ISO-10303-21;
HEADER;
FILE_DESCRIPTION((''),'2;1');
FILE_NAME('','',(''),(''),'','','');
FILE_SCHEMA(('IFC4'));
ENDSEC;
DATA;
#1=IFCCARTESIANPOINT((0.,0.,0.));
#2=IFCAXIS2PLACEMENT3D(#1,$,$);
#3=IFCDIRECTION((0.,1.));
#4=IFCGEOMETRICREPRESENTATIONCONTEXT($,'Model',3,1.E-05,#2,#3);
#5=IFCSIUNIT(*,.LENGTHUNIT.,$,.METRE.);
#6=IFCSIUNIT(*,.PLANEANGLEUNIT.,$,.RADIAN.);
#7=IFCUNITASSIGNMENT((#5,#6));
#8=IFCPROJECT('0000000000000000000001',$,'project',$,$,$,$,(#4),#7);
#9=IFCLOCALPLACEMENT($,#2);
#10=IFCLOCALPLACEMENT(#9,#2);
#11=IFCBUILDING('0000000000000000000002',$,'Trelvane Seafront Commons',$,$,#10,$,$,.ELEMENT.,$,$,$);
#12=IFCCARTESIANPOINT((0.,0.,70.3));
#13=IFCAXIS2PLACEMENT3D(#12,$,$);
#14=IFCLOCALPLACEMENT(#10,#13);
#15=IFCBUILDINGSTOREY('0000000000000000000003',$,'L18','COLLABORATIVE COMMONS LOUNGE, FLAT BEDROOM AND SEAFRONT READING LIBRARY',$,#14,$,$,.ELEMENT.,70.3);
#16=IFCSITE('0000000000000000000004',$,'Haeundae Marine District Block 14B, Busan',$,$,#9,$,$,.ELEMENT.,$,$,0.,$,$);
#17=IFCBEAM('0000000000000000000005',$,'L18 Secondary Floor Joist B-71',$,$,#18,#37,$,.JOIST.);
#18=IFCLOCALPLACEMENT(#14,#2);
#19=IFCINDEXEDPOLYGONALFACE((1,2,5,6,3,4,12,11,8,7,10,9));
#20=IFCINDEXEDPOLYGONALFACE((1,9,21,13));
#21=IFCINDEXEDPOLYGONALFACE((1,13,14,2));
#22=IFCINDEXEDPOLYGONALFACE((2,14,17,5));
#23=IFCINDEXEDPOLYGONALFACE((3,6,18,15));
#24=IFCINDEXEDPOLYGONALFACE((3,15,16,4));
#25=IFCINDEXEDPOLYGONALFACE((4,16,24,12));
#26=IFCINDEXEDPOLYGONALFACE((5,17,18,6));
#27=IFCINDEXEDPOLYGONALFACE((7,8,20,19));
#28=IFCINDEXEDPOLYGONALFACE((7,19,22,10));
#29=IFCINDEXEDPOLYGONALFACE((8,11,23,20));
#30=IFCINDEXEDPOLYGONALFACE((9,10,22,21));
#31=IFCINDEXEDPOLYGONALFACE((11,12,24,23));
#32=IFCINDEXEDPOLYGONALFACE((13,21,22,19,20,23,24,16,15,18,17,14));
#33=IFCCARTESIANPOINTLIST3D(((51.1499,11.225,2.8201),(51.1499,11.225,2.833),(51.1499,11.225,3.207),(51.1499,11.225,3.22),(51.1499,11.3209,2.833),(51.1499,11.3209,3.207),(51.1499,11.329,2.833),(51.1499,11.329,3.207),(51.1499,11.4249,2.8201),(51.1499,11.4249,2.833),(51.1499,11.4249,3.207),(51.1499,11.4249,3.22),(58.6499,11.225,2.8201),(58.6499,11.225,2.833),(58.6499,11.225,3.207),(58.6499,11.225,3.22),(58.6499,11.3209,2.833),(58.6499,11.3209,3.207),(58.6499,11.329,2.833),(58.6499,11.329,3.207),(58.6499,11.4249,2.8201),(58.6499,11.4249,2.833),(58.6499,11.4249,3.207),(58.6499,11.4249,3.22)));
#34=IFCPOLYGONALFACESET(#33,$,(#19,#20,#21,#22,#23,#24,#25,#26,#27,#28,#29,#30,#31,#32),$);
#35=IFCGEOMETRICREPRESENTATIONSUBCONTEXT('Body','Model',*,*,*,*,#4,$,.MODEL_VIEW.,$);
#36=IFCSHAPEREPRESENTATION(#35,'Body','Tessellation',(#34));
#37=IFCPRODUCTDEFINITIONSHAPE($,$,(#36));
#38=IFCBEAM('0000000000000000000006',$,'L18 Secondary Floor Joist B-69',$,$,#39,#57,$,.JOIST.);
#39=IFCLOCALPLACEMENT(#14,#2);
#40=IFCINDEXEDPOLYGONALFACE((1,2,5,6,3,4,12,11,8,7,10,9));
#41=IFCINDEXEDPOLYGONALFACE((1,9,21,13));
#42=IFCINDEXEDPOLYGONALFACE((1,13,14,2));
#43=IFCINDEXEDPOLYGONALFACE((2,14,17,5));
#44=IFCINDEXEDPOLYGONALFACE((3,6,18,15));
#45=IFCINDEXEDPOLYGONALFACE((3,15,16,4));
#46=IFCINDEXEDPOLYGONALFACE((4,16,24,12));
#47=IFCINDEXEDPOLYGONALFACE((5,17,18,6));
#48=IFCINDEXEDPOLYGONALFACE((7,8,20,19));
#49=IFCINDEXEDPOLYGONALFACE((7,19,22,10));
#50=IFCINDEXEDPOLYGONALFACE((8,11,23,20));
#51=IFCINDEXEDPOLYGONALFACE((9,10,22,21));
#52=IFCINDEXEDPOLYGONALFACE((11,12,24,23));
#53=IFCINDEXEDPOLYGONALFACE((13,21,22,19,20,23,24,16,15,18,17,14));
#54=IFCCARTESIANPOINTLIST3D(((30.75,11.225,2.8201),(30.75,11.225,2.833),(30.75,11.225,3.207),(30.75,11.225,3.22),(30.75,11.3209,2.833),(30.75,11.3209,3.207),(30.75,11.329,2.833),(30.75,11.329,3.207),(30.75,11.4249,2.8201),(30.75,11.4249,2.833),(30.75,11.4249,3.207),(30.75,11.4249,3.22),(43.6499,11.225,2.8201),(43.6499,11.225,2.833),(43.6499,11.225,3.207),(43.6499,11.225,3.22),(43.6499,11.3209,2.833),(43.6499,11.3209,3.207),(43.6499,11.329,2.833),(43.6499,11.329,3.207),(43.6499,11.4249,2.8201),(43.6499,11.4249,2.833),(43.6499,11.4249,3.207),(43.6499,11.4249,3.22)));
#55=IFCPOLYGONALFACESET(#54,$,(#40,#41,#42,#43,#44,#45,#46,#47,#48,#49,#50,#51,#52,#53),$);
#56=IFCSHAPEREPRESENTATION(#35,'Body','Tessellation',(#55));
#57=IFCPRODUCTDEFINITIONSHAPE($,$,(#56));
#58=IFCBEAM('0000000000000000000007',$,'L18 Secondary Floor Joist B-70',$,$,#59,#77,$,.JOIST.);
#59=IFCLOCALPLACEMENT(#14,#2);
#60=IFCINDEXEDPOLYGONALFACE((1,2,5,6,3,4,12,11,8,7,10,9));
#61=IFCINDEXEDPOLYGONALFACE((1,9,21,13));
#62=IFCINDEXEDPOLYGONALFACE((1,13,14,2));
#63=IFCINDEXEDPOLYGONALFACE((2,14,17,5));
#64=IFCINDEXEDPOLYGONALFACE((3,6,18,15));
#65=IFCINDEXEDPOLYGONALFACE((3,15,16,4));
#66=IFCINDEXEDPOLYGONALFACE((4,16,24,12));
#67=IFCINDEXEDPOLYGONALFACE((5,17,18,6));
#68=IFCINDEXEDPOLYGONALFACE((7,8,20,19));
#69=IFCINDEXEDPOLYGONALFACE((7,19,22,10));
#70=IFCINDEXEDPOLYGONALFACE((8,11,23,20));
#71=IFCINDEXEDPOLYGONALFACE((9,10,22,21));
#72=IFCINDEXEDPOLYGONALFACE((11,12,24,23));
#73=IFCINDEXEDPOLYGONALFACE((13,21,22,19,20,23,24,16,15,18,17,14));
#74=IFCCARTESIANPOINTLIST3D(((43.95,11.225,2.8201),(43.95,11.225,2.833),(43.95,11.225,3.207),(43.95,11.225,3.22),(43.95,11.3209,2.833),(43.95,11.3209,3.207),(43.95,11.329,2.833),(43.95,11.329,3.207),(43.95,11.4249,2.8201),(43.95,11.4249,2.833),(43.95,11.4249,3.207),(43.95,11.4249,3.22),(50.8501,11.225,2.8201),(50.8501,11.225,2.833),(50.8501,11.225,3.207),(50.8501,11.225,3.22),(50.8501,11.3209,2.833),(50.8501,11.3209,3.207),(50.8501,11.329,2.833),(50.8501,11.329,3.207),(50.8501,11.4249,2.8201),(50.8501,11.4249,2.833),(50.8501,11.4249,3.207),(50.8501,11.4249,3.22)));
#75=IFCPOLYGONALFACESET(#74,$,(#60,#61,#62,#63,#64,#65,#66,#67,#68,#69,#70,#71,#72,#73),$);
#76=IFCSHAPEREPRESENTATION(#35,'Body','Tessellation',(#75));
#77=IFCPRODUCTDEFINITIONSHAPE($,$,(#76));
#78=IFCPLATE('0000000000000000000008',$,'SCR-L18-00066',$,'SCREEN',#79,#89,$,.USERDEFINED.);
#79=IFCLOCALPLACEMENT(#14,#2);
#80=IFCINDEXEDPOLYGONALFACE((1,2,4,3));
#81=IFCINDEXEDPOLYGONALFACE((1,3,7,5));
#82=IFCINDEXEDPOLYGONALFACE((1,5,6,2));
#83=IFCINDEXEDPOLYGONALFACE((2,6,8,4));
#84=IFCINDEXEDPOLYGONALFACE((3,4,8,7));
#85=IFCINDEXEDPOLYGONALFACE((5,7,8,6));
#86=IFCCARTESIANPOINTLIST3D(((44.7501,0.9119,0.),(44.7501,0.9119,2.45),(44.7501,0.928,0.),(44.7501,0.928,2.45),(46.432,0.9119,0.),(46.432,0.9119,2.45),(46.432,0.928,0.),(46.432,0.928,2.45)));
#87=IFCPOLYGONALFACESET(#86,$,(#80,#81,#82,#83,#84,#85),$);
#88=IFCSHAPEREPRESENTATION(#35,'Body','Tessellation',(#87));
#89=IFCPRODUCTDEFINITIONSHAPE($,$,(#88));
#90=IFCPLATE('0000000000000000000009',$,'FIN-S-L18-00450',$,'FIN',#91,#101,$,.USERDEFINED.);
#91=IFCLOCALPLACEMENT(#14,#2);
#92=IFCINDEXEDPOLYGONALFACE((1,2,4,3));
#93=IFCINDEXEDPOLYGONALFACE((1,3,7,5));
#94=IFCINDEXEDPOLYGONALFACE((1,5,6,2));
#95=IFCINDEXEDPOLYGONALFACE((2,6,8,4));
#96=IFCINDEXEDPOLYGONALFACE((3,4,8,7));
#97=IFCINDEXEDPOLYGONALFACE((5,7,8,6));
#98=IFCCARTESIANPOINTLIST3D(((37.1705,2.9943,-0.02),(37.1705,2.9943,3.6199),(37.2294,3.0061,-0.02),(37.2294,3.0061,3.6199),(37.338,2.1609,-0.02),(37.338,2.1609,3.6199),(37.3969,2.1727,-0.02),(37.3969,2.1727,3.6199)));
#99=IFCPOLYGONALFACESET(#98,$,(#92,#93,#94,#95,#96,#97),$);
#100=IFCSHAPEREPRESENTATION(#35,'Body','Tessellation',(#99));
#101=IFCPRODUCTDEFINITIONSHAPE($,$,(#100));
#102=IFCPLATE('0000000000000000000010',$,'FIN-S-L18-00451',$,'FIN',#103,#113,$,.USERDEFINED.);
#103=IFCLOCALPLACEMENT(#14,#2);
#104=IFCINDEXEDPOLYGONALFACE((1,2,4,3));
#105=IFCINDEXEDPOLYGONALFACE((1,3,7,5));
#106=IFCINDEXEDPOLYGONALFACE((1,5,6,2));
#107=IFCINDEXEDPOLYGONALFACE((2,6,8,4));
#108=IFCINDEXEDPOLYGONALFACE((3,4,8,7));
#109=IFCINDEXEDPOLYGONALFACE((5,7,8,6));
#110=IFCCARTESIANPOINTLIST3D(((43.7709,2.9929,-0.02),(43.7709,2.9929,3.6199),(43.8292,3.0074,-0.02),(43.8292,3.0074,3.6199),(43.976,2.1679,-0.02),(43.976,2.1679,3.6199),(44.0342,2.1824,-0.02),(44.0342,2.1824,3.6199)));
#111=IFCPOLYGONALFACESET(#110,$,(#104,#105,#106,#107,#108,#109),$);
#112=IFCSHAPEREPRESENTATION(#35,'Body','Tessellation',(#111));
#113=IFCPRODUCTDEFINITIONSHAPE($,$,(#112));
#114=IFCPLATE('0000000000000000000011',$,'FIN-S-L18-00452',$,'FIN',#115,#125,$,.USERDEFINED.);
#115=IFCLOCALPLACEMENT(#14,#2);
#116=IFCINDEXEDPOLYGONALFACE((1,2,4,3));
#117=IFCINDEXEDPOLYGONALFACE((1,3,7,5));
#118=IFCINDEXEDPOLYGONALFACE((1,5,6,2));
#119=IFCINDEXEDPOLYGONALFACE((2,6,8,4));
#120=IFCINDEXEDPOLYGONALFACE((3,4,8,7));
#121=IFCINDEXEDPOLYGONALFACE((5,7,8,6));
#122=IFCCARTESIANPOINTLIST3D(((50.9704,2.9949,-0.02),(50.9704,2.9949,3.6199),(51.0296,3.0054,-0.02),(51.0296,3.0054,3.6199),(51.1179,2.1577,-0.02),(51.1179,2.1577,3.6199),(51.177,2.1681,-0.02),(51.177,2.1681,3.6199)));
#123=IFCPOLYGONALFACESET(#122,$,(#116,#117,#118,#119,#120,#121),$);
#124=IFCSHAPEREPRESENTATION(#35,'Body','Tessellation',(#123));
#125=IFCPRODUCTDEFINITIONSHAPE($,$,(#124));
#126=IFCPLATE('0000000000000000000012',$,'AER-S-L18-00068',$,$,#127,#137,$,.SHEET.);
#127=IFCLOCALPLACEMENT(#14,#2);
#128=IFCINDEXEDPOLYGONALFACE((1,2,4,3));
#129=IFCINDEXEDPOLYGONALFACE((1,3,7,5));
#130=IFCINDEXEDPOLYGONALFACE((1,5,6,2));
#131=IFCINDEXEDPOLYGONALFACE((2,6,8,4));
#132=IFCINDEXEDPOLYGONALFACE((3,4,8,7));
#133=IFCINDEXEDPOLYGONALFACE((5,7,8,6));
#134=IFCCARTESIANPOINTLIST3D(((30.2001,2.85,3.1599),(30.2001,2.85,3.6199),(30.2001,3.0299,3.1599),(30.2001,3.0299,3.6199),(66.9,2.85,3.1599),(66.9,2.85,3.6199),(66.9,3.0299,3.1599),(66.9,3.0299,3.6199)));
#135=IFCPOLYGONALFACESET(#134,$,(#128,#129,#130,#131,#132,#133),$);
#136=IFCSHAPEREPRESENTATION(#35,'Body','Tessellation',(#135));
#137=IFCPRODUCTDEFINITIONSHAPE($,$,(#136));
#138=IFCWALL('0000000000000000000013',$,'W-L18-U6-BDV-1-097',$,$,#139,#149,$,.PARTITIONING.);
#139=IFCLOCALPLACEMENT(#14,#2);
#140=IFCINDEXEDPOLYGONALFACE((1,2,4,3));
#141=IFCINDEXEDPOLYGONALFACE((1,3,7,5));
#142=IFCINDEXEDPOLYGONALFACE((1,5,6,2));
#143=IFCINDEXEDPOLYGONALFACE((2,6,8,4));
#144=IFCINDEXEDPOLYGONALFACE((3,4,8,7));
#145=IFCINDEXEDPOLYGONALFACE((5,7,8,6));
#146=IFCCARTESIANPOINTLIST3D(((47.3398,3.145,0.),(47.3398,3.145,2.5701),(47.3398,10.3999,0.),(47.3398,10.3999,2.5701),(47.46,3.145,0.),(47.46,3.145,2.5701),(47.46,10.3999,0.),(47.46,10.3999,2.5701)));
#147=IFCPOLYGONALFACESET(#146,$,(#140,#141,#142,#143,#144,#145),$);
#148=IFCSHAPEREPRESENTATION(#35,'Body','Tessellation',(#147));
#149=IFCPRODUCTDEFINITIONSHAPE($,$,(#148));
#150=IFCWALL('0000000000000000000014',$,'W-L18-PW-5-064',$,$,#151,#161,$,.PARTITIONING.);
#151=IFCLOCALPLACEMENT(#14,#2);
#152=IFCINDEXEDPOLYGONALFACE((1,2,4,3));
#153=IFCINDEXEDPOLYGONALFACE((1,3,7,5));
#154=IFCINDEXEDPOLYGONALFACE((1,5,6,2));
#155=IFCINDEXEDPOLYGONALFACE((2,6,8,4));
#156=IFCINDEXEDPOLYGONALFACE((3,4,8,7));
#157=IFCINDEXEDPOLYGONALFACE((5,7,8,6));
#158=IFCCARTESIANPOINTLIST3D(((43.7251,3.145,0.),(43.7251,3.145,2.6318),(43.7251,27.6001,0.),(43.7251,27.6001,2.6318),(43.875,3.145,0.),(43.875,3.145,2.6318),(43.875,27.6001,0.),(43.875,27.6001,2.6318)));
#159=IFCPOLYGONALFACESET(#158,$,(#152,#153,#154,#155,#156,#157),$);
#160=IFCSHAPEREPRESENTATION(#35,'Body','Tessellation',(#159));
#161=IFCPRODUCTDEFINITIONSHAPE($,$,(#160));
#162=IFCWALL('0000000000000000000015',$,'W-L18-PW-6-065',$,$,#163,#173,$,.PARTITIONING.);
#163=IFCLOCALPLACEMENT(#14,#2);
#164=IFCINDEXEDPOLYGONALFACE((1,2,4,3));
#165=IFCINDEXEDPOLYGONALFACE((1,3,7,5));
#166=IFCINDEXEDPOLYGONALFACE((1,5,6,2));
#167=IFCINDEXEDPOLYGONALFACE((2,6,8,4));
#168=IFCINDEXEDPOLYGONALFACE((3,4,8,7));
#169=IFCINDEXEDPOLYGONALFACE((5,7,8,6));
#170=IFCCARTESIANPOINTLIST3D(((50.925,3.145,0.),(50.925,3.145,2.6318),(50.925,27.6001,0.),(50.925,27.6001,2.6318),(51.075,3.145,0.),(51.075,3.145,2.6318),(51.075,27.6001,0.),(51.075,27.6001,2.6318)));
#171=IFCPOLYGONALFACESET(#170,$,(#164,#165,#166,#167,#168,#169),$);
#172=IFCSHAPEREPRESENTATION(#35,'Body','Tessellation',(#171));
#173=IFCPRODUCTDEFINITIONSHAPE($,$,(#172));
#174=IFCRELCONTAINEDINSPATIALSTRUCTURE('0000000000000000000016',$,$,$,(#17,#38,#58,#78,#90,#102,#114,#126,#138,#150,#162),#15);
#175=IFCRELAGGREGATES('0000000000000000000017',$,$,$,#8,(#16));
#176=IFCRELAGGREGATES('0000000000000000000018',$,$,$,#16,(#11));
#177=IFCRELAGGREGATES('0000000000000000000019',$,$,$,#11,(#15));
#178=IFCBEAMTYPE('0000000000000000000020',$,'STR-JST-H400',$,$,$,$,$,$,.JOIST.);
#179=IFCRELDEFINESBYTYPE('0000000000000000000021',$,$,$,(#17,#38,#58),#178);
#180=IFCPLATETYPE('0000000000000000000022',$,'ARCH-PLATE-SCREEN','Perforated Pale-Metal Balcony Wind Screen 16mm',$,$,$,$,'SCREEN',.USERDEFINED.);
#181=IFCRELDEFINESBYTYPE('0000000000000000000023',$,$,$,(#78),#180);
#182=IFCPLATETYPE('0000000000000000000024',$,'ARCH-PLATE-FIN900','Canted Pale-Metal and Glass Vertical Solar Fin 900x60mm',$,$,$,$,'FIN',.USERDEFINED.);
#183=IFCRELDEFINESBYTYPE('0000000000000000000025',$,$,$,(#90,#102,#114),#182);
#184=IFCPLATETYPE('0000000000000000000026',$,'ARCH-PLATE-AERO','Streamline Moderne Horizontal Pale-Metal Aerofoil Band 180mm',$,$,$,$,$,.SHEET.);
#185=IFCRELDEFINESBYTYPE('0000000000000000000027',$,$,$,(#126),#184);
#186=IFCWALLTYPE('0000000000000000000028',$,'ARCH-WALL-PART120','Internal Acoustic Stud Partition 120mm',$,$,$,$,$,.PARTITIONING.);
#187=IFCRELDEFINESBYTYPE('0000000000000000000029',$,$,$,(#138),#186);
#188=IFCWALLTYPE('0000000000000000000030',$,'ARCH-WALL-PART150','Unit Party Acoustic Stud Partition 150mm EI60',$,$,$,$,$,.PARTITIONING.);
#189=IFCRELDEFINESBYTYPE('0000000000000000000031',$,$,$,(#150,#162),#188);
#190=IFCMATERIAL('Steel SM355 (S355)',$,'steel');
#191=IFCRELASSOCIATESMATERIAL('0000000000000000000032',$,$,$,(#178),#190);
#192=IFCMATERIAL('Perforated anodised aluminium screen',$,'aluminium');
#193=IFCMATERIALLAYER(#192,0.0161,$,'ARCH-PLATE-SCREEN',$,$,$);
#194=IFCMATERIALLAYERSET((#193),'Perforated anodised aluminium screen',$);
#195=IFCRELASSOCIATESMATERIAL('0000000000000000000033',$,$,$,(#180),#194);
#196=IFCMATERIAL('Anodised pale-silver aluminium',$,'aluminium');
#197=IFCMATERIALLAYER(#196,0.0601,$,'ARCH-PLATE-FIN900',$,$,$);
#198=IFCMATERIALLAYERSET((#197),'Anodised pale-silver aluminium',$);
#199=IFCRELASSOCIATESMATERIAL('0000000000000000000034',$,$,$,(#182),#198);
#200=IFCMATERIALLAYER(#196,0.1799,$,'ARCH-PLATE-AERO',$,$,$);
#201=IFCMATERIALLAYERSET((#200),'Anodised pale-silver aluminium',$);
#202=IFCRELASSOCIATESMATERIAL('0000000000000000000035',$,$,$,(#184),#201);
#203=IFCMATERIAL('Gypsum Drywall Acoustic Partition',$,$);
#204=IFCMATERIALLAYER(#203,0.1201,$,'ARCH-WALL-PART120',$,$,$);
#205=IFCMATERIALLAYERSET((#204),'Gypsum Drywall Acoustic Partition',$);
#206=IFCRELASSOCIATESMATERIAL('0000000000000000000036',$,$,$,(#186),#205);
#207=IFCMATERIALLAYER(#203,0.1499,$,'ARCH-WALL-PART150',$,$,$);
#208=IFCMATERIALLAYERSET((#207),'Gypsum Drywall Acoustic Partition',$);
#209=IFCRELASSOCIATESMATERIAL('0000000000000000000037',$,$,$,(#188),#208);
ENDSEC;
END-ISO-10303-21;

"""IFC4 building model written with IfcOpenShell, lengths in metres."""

from ifc_helpers import new_model, si_unit, direction, frame, frame_2d, origin, origin_2d, place, context, subcontext, project, spatial, rectangle, i_section, extrude, source, transform, mapped, material, layer, layer_set, material_profile, profile_set, type_object, element, save


model = new_model("IFC4")

# Units and contexts
model_context = context("Model", 3, precision=1e-05, world=origin(), true_north=direction((0.0, 1.0)))
body_context = subcontext(model_context, "Body", "Model", "MODEL_VIEW")
ifc_project = project(units=[si_unit("LENGTHUNIT", "METRE"), si_unit("PLANEANGLEUNIT", "RADIAN")], contexts=[model_context])

# Site, building, storey
site_placement = place(None, origin())
site = spatial("IfcSite", under=ifc_project, at=site_placement, Name="Haeundae Marine District Block 14B, Busan", CompositionType="ELEMENT", RefElevation=0.0)
building_placement = place(site_placement, origin())
building = spatial("IfcBuilding", under=site, at=building_placement, Name="Trelvane Seafront Commons", CompositionType="ELEMENT")
storey_placement = place(building_placement, frame((0.0, 0.0, 70.3)))
storey = spatial("IfcBuildingStorey", under=building, at=storey_placement, Name="L18", Description="COLLABORATIVE COMMONS LOUNGE, FLAT BEDROOM AND SEAFRONT READING LIBRARY", CompositionType="ELEMENT", Elevation=70.3)

# Shared definitions
ifc_material_1 = material(Name="Steel SM355 (S355)", Category="steel")

# Beams
ifc_material_profile_1 = material_profile(ifc_material_1, i_section(OverallWidth=0.2, OverallDepth=0.3999, WebThickness=0.0081, FlangeThickness=0.0129, at=origin_2d()), Name="H-400x200x8x13")
ifc_profile_set_1 = profile_set([ifc_material_profile_1], Name="Steel SM355 (S355)")
beam_type_1 = type_object("IfcBeamType", Name="STR-JST-H400", PredefinedType="JOIST", material=ifc_profile_set_1)
shared_shape_1 = source(origin(), body_context, "Body", "SweptSolid", [
    extrude(i_section(OverallWidth=0.2, OverallDepth=0.3999, WebThickness=0.0081, FlangeThickness=0.0129, at=origin_2d()), origin(), (0.0, 0.0, 1.0), 7.5),
])
beam_1_placement = place(storey_placement, frame((51.1499, 11.325, 3.02), z_axis=(1.0, 0.0, 0.0), x_axis=(0.0, 1.0, 0.0)))
element("IfcBeam", 1, at=beam_1_placement, inside=storey, type_object=beam_type_1, Name="L18 Secondary Floor Joist B-71", PredefinedType="JOIST", context=body_context, shape_type="MappedRepresentation", body=[
    mapped(shared_shape_1, transform((0.0, 0.0, 0.0), x_axis=(1.0, 0.0, 0.0), y_axis=(0.0, 1.0, 0.0), z_axis=(0.0, 0.0, 1.0), scale=1.0)),
])
shared_shape_2 = source(origin(), body_context, "Body", "SweptSolid", [
    extrude(i_section(OverallWidth=0.2, OverallDepth=0.3999, WebThickness=0.0081, FlangeThickness=0.0129, at=origin_2d()), origin(), (0.0, 0.0, 1.0), 12.8999),
])
beam_2_placement = place(storey_placement, frame((30.75, 11.325, 3.02), z_axis=(1.0, 0.0, 0.0), x_axis=(0.0, 1.0, 0.0)))
element("IfcBeam", 2, at=beam_2_placement, inside=storey, type_object=beam_type_1, Name="L18 Secondary Floor Joist B-69", PredefinedType="JOIST", context=body_context, shape_type="MappedRepresentation", body=[
    mapped(shared_shape_2, transform((0.0, 0.0, 0.0), x_axis=(1.0, 0.0, 0.0), y_axis=(0.0, 1.0, 0.0), z_axis=(0.0, 0.0, 1.0), scale=1.0)),
])
shared_shape_3 = source(origin(), body_context, "Body", "SweptSolid", [
    extrude(i_section(OverallWidth=0.2, OverallDepth=0.3999, WebThickness=0.0081, FlangeThickness=0.0129, at=origin_2d()), origin(), (0.0, 0.0, 1.0), 6.9001),
])
beam_3_placement = place(storey_placement, frame((43.95, 11.325, 3.02), z_axis=(1.0, 0.0, 0.0), x_axis=(0.0, 1.0, 0.0)))
element("IfcBeam", 3, at=beam_3_placement, inside=storey, type_object=beam_type_1, Name="L18 Secondary Floor Joist B-70", PredefinedType="JOIST", context=body_context, shape_type="MappedRepresentation", body=[
    mapped(shared_shape_3, transform((0.0, 0.0, 0.0), x_axis=(1.0, 0.0, 0.0), y_axis=(0.0, 1.0, 0.0), z_axis=(0.0, 0.0, 1.0), scale=1.0)),
])

# Plates
ifc_material_2 = material(Name="Perforated anodised aluminium screen", Category="aluminium")
ifc_layer_1 = layer(ifc_material_2, 0.0161, Name="ARCH-PLATE-SCREEN")
ifc_layer_set_1 = layer_set([ifc_layer_1], Name="Perforated anodised aluminium screen")
plate_type_1 = type_object("IfcPlateType", Name="ARCH-PLATE-SCREEN", Description="Perforated Pale-Metal Balcony Wind Screen 16mm", ElementType="SCREEN", PredefinedType="USERDEFINED", material=ifc_layer_set_1)
shared_shape_4 = source(origin(), body_context, "Body", "SweptSolid", [
    extrude(rectangle(XDim=1.6819, YDim=0.0161, at=origin_2d()), origin(), (0.0, 0.0, 1.0), 2.45),
])
plate_1_placement = place(storey_placement, frame((45.5911, 0.9199, 0.0), z_axis=(0.0, 0.0, 1.0), x_axis=(1.0, 0.0, 0.0)))
element("IfcPlate", 4, at=plate_1_placement, inside=storey, type_object=plate_type_1, Name="SCR-L18-00066", ObjectType="SCREEN", PredefinedType="USERDEFINED", context=body_context, shape_type="MappedRepresentation", body=[
    mapped(shared_shape_4, transform((0.0, 0.0, 0.0), x_axis=(1.0, 0.0, 0.0), y_axis=(0.0, 1.0, 0.0), z_axis=(0.0, 0.0, 1.0), scale=1.0)),
])
ifc_material_3 = material(Name="Anodised pale-silver aluminium", Category="aluminium")
ifc_layer_2 = layer(ifc_material_3, 0.0601, Name="ARCH-PLATE-FIN900")
ifc_layer_set_2 = layer_set([ifc_layer_2], Name="Anodised pale-silver aluminium")
plate_type_2 = type_object("IfcPlateType", Name="ARCH-PLATE-FIN900", Description="Canted Pale-Metal and Glass Vertical Solar Fin 900x60mm", ElementType="FIN", PredefinedType="USERDEFINED", material=ifc_layer_set_2)
shared_shape_5 = source(origin(), body_context, "Body", "SweptSolid", [
    extrude(rectangle(XDim=0.8501, YDim=0.0601, at=origin_2d()), origin(), (0.0, 0.0, 1.0), 3.6399),
])
for number, where, z_axis, x_axis, name in (
    (5, (37.2837, 2.5835, -0.02), (0.0, 0.0, 1.0), (0.197067, -0.98039, 0.0), "FIN-S-L18-00450"),
    (6, (43.9026, 2.5876, -0.02), (0.0, 0.0, 1.0), (0.241178, -0.970481, 0.0), "FIN-S-L18-00451"),
    (7, (51.0737, 2.5815, -0.02), (0.0, 0.0, 1.0), (0.173416, -0.984849, 0.0), "FIN-S-L18-00452"),
):
    element("IfcPlate", number, at=place(storey_placement, frame(where, z_axis=z_axis, x_axis=x_axis)), inside=storey, type_object=plate_type_2, Name=name, ObjectType="FIN", PredefinedType="USERDEFINED", context=body_context, shape_type="MappedRepresentation", body=[
        mapped(shared_shape_5, transform((0.0, 0.0, 0.0), x_axis=(1.0, 0.0, 0.0), y_axis=(0.0, 1.0, 0.0), z_axis=(0.0, 0.0, 1.0), scale=1.0)),
    ])
ifc_layer_3 = layer(ifc_material_3, 0.1799, Name="ARCH-PLATE-AERO")
ifc_layer_set_3 = layer_set([ifc_layer_3], Name="Anodised pale-silver aluminium")
plate_type_3 = type_object("IfcPlateType", Name="ARCH-PLATE-AERO", Description="Streamline Moderne Horizontal Pale-Metal Aerofoil Band 180mm", PredefinedType="SHEET", material=ifc_layer_set_3)
shared_shape_6 = source(origin(), body_context, "Body", "SweptSolid", [
    extrude(rectangle(XDim=36.7, YDim=0.1799, at=origin_2d()), origin(), (0.0, 0.0, 1.0), 0.46),
])
plate_2_placement = place(storey_placement, frame((48.55, 2.9399, 3.1599), z_axis=(0.0, 0.0, 1.0), x_axis=(-1.0, 0.0, 0.0)))
element("IfcPlate", 8, at=plate_2_placement, inside=storey, type_object=plate_type_3, Name="AER-S-L18-00068", PredefinedType="SHEET", context=body_context, shape_type="MappedRepresentation", body=[
    mapped(shared_shape_6, transform((0.0, 0.0, 0.0), x_axis=(1.0, 0.0, 0.0), y_axis=(0.0, 1.0, 0.0), z_axis=(0.0, 0.0, 1.0), scale=1.0)),
])

# Shared definitions
ifc_material_4 = material(Name="Gypsum Drywall Acoustic Partition")
ifc_layer_4 = layer(ifc_material_4, 0.1201, Name="ARCH-WALL-PART120")
ifc_layer_set_4 = layer_set([ifc_layer_4], Name="Gypsum Drywall Acoustic Partition")
wall_type_1 = type_object("IfcWallType", Name="ARCH-WALL-PART120", Description="Internal Acoustic Stud Partition 120mm", PredefinedType="PARTITIONING", material=ifc_layer_set_4)

# Walls
wall_1_placement = place(storey_placement, frame((47.3999, 3.145, 0.0), z_axis=(0.0, 0.0, 1.0), x_axis=(0.0, 1.0, 0.0)))
element("IfcWall", 9, at=wall_1_placement, inside=storey, type_object=wall_type_1, Name="W-L18-U6-BDV-1-097", PredefinedType="PARTITIONING", context=body_context, shape_type="SweptSolid", body=[
    extrude(rectangle(XDim=7.2549, YDim=0.1201, at=frame_2d((3.6274, 0.0))), origin(), (0.0, 0.0, 1.0), 2.5701),
])
ifc_layer_5 = layer(ifc_material_4, 0.1499, Name="ARCH-WALL-PART150")
ifc_layer_set_5 = layer_set([ifc_layer_5], Name="Gypsum Drywall Acoustic Partition")
wall_type_2 = type_object("IfcWallType", Name="ARCH-WALL-PART150", Description="Unit Party Acoustic Stud Partition 150mm EI60", PredefinedType="PARTITIONING", material=ifc_layer_set_5)
for number, where, z_axis, x_axis, name in (
    (10, (43.8, 3.145, 0.0), (0.0, 0.0, 1.0), (0.0, 1.0, 0.0), "W-L18-PW-5-064"),
    (11, (51.0, 3.145, 0.0), (0.0, 0.0, 1.0), (0.0, 1.0, 0.0), "W-L18-PW-6-065"),
):
    element("IfcWall", number, at=place(storey_placement, frame(where, z_axis=z_axis, x_axis=x_axis)), inside=storey, type_object=wall_type_2, Name=name, PredefinedType="PARTITIONING", context=body_context, shape_type="SweptSolid", body=[
        extrude(rectangle(XDim=24.4551, YDim=0.1499, at=frame_2d((12.2275, 0.0))), origin(), (0.0, 0.0, 1.0), 2.6318),
    ])

save(model, "model.ifc")
